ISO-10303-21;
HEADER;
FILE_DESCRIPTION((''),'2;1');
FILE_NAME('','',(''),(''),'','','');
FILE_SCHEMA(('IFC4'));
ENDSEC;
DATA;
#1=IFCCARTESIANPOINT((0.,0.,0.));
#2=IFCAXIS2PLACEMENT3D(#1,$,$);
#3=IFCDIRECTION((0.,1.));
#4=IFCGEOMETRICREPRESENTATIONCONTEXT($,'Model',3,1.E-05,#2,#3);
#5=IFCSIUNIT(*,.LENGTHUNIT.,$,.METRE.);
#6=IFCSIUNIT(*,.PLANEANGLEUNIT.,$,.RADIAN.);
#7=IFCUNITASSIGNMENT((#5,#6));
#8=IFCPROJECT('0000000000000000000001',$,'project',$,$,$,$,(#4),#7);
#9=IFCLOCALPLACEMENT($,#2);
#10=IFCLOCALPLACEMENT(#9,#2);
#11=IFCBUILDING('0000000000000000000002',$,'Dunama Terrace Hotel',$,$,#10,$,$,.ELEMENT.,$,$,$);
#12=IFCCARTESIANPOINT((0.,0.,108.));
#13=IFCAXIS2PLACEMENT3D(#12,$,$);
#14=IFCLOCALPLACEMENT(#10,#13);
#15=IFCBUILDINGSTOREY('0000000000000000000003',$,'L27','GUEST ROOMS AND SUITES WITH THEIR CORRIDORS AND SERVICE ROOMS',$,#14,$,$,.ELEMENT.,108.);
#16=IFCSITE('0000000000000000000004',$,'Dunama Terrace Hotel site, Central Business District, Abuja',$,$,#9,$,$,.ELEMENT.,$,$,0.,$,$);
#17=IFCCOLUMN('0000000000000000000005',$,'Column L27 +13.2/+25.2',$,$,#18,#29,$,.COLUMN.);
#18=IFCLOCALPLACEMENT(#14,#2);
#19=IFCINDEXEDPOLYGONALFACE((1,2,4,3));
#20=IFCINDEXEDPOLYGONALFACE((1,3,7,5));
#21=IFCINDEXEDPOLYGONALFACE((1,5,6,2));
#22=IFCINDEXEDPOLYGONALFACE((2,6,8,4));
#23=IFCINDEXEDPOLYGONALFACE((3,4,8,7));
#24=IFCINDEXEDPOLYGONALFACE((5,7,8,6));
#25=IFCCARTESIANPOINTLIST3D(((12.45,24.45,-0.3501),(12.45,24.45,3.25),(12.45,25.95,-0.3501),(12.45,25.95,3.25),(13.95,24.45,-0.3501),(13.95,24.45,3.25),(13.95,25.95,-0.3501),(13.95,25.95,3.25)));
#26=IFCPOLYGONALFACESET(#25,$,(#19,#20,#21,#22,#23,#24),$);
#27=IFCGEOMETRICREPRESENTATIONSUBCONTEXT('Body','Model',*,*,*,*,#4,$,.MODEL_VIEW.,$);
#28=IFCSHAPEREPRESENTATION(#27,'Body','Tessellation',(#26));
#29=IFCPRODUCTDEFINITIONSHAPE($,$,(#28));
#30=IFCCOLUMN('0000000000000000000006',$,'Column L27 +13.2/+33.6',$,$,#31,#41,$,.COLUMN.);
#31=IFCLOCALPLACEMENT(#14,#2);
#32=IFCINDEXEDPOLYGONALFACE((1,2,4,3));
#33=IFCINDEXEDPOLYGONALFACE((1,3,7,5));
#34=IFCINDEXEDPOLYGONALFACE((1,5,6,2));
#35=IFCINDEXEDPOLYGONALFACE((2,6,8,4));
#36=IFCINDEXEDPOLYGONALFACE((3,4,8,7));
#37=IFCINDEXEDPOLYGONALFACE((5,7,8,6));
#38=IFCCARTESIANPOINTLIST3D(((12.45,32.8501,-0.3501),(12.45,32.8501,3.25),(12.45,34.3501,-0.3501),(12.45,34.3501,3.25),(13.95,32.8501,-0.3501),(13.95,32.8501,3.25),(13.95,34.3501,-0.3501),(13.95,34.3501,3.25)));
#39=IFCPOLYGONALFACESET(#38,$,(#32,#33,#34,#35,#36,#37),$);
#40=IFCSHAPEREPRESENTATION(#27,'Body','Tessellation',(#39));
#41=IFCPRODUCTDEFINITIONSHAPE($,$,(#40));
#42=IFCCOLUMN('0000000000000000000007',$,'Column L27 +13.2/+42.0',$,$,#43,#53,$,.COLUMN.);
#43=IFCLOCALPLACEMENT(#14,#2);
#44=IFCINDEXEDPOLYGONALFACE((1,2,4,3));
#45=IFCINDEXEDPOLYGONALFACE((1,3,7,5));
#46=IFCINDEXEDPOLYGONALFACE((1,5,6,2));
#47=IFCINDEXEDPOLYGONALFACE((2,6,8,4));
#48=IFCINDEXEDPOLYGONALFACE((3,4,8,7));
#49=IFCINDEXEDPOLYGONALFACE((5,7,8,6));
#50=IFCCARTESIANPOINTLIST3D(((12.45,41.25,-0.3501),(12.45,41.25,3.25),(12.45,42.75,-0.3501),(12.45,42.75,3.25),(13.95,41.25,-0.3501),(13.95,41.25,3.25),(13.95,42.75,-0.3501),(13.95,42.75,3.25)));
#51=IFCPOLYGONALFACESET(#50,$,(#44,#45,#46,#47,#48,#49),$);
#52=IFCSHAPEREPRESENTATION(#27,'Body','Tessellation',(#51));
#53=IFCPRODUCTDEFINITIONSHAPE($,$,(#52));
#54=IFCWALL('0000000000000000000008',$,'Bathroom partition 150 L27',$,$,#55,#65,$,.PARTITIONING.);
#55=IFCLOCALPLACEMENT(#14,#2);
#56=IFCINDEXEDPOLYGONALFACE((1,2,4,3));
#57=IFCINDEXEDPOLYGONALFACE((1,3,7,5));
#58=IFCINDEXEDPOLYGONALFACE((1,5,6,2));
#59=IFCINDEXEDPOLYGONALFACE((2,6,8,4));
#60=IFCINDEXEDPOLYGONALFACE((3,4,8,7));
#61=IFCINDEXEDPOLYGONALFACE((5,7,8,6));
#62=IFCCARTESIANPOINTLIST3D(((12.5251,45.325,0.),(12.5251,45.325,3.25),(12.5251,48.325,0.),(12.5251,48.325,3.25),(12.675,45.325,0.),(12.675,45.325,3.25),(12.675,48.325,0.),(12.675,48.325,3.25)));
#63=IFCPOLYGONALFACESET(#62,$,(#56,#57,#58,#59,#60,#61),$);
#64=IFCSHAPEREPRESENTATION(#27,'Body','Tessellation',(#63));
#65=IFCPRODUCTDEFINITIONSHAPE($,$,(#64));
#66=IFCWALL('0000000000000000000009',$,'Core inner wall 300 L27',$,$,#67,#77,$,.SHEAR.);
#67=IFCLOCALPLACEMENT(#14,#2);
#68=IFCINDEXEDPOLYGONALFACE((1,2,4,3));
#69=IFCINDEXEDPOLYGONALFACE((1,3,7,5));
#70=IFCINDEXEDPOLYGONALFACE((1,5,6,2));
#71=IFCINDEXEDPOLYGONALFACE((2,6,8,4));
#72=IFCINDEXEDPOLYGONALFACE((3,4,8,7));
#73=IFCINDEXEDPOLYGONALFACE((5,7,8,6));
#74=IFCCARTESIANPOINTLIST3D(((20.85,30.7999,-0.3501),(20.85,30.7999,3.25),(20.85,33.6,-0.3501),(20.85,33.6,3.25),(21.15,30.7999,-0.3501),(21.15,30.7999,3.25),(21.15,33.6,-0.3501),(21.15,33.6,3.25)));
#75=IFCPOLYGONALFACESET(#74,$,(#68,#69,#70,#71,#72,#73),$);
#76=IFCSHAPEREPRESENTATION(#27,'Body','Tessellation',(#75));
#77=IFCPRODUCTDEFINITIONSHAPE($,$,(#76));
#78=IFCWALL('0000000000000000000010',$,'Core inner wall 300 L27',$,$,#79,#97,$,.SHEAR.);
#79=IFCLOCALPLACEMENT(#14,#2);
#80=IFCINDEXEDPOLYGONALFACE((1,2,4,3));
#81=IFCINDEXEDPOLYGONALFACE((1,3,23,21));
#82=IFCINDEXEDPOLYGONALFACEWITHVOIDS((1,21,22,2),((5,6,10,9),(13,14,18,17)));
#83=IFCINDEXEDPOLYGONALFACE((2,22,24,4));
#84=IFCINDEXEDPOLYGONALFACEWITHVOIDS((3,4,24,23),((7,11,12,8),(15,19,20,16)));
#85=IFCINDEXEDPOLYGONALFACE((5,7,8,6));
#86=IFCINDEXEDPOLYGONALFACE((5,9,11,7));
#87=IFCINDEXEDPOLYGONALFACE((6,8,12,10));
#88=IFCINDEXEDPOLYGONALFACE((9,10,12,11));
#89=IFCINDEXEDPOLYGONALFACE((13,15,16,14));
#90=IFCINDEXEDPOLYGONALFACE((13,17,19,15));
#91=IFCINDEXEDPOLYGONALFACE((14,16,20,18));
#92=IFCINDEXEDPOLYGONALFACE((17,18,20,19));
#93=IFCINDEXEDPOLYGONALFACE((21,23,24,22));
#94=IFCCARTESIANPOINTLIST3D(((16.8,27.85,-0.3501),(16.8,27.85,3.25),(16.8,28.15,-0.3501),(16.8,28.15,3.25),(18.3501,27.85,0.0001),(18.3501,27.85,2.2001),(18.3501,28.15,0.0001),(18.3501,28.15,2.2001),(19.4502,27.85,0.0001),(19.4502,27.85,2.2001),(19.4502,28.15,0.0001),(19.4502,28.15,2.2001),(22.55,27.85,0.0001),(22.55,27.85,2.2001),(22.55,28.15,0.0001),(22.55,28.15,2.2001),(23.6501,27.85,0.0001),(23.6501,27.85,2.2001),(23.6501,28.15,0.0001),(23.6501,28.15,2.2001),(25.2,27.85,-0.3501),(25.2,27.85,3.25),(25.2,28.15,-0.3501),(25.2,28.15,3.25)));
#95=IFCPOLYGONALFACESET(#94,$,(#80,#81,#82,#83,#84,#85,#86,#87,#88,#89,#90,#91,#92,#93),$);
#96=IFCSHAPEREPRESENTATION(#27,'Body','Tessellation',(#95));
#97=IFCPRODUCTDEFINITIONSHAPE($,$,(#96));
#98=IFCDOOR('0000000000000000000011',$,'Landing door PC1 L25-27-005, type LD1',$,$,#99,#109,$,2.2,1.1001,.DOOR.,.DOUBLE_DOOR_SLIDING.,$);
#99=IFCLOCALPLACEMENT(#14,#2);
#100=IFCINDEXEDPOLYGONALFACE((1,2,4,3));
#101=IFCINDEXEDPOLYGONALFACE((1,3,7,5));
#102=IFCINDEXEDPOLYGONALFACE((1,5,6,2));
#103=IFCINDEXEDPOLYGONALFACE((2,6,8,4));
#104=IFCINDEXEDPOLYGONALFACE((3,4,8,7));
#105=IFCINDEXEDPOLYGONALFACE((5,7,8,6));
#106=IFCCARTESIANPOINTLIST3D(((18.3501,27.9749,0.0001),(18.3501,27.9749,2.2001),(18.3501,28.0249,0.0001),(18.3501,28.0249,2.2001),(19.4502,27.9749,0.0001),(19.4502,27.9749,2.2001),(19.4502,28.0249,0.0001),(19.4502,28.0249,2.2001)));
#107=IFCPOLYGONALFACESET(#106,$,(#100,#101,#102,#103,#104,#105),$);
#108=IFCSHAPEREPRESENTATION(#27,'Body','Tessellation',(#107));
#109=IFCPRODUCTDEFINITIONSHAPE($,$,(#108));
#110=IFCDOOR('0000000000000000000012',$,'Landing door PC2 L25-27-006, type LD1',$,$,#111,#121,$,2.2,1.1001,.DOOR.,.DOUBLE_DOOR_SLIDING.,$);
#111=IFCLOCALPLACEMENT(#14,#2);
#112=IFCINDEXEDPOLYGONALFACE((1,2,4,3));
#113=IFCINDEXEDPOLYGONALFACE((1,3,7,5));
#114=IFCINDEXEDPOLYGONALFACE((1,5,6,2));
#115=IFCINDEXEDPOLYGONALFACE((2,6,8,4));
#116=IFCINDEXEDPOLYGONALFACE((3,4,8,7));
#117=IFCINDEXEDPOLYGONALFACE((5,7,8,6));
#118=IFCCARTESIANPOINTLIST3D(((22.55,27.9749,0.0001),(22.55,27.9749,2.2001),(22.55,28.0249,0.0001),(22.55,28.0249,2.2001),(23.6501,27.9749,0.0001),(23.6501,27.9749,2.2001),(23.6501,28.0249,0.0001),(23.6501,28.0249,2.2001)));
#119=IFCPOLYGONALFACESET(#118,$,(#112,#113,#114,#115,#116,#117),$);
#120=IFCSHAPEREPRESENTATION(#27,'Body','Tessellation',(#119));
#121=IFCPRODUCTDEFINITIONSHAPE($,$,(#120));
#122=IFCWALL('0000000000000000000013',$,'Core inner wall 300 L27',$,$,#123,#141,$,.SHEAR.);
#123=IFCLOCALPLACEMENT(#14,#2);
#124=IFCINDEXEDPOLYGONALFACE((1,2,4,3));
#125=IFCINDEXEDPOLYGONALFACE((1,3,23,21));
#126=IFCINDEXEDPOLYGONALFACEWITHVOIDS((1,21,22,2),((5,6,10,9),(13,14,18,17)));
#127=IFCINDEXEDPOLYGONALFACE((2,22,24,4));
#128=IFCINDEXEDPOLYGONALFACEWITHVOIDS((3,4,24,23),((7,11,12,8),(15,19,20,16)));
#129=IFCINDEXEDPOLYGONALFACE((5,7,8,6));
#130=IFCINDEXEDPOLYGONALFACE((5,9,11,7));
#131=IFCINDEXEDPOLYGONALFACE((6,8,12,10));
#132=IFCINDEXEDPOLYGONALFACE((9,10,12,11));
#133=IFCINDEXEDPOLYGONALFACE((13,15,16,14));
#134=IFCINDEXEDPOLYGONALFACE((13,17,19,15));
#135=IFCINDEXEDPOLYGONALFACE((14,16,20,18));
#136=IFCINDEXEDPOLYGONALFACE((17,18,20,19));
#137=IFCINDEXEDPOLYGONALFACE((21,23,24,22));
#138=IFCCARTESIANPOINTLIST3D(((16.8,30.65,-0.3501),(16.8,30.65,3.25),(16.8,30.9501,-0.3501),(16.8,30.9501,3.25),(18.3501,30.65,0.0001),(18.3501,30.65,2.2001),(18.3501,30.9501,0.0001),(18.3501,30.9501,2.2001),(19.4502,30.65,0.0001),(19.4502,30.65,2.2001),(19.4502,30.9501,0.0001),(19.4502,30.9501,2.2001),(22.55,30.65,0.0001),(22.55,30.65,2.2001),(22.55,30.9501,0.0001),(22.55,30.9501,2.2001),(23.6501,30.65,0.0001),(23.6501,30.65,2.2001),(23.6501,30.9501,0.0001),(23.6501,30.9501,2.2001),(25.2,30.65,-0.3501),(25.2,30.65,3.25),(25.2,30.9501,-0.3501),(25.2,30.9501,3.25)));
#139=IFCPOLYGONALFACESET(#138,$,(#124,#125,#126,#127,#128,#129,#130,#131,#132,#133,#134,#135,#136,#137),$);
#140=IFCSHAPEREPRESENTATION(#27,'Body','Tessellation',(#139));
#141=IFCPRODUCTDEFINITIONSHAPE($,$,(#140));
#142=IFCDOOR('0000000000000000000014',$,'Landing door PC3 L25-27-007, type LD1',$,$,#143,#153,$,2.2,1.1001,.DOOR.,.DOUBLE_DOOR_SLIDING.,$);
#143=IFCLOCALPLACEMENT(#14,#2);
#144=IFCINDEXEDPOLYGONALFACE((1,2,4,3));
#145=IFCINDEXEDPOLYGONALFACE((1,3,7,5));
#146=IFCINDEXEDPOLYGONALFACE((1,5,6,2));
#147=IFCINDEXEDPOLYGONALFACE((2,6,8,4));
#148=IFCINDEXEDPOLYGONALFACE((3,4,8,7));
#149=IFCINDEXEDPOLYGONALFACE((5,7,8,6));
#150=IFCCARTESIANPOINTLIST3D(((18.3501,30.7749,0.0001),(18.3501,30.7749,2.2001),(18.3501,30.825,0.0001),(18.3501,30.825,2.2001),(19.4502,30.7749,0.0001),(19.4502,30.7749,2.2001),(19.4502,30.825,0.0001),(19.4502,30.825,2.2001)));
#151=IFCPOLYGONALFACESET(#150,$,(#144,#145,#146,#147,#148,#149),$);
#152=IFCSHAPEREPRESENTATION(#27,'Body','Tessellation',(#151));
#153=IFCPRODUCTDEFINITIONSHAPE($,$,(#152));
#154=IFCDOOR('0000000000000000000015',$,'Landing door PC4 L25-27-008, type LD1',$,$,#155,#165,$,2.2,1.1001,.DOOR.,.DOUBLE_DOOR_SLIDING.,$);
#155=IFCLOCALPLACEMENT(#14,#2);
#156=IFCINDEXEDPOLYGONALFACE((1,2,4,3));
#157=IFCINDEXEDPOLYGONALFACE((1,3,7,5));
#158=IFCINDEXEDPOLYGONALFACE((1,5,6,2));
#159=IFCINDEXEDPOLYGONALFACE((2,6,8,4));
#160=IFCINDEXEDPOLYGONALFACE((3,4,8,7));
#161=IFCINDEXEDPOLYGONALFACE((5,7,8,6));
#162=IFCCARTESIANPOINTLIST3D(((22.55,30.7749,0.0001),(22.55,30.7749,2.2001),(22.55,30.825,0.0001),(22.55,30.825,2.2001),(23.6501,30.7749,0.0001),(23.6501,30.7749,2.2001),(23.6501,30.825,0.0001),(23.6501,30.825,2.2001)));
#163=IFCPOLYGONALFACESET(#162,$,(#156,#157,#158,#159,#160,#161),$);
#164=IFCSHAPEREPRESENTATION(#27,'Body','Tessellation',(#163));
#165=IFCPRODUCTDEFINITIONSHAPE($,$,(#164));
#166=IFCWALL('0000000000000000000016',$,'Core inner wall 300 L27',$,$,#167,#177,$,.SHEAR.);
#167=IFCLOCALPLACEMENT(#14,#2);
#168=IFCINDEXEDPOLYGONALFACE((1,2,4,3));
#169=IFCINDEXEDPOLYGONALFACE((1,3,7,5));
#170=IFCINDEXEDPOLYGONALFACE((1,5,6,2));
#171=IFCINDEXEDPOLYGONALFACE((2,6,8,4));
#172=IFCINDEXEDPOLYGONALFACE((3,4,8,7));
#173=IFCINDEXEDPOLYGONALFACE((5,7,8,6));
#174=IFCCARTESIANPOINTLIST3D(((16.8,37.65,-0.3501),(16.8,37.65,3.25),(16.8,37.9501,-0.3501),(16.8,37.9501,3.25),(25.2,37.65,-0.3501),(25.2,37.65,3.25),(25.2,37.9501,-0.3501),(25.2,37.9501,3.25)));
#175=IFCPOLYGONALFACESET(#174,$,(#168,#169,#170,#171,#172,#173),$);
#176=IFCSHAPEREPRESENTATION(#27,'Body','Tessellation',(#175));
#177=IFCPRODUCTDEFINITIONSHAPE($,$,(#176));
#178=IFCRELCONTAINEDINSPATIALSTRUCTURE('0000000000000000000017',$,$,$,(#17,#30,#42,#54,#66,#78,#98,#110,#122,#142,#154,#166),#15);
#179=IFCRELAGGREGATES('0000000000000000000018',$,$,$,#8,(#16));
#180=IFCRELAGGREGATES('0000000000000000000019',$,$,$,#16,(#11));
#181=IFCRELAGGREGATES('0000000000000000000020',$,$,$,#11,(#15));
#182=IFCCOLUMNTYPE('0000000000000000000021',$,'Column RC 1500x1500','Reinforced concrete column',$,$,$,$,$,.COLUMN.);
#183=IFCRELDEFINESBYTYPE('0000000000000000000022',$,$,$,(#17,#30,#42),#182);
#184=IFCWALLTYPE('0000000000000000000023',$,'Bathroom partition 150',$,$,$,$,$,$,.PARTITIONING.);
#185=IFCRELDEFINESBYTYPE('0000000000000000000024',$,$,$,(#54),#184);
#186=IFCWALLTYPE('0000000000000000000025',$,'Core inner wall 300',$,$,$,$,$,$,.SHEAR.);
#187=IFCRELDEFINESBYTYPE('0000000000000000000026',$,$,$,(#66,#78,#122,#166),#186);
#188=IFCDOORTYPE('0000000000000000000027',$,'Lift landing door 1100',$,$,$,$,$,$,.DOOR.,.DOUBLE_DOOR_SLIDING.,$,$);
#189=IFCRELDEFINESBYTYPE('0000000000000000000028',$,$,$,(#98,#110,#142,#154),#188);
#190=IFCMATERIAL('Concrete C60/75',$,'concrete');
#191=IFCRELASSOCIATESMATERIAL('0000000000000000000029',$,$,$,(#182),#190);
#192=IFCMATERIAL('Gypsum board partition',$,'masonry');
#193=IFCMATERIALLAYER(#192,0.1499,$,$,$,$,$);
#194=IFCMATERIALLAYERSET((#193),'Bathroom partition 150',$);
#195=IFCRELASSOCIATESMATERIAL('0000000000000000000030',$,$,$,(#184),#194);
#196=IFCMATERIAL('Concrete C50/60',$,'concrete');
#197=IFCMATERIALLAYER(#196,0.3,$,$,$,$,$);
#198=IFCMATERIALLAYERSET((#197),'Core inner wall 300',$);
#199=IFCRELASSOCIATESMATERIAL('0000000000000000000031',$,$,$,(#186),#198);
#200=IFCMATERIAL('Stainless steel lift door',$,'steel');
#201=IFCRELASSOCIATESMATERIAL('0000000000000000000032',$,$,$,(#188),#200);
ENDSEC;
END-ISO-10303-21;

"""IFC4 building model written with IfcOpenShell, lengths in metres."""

from ifc_helpers import new_model, si_unit, direction, frame, frame_2d, origin, origin_2d, place, context, subcontext, project, spatial, rectangle, extrude, material, layer, layer_set, material_profile, profile_set, type_object, element, fill, save


model = new_model("IFC4")

# Units and contexts
model_context = context("Model", 3, precision=1e-05, world=origin(), true_north=direction((0.0, 1.0)))
body_context = subcontext(model_context, "Body", "Model", "MODEL_VIEW")
ifc_project = project(units=[si_unit("LENGTHUNIT", "METRE"), si_unit("PLANEANGLEUNIT", "RADIAN")], contexts=[model_context])

# Site, building, storey
site_placement = place(None, origin())
site = spatial("IfcSite", under=ifc_project, at=site_placement, Name="Dunama Terrace Hotel site, Central Business District, Abuja", CompositionType="ELEMENT", RefElevation=0.0)
building_placement = place(site_placement, origin())
building = spatial("IfcBuilding", under=site, at=building_placement, Name="Dunama Terrace Hotel", CompositionType="ELEMENT")
storey_placement = place(building_placement, frame((0.0, 0.0, 108.0)))
storey = spatial("IfcBuildingStorey", under=building, at=storey_placement, Name="L27", Description="GUEST ROOMS AND SUITES WITH THEIR CORRIDORS AND SERVICE ROOMS", CompositionType="ELEMENT", Elevation=108.0)

# Columns
ifc_material_1 = material(Name="Concrete C60/75", Category="concrete")
ifc_material_profile = material_profile(ifc_material_1, rectangle(XDim=1.5, YDim=1.5, at=origin_2d()), Name="RC 1500x1500")
ifc_profile_set = profile_set([ifc_material_profile], Name="Concrete C60/75")
column_type = type_object("IfcColumnType", Name="Column RC 1500x1500", Description="Reinforced concrete column", PredefinedType="COLUMN", material=ifc_profile_set)
for number, where, z_axis, x_axis, name in (
    (1, (13.2, 25.2, -0.3501), (0.0, 0.0, 1.0), (1.0, 0.0, 0.0), "Column L27 +13.2/+25.2"),
    (2, (13.2, 33.6001, -0.3501), (0.0, 0.0, 1.0), (1.0, 0.0, 0.0), "Column L27 +13.2/+33.6"),
    (3, (13.2, 42.0, -0.3501), (0.0, 0.0, 1.0), (1.0, 0.0, 0.0), "Column L27 +13.2/+42.0"),
):
    element("IfcColumn", number, at=place(storey_placement, frame(where, z_axis=z_axis, x_axis=x_axis)), inside=storey, type_object=column_type, Name=name, PredefinedType="COLUMN", context=body_context, shape_type="SweptSolid", body=[
        extrude(rectangle(XDim=1.5, YDim=1.5, at=origin_2d()), origin(), (0.0, 0.0, 1.0), 3.6001),
    ])

# Walls
ifc_material_2 = material(Name="Gypsum board partition", Category="masonry")
ifc_layer_1 = layer(ifc_material_2, 0.1499)
ifc_layer_set_1 = layer_set([ifc_layer_1], Name="Bathroom partition 150")
wall_type_1 = type_object("IfcWallType", Name="Bathroom partition 150", PredefinedType="PARTITIONING", material=ifc_layer_set_1)
wall_1_placement = place(storey_placement, frame((12.6001, 45.325, 0.0), z_axis=(0.0, 0.0, 1.0), x_axis=(0.0, 1.0, 0.0)))
element("IfcWall", 4, at=wall_1_placement, inside=storey, type_object=wall_type_1, Name="Bathroom partition 150 L27", PredefinedType="PARTITIONING", context=body_context, shape_type="SweptSolid", body=[
    extrude(rectangle(XDim=3.0, YDim=0.1499, at=frame_2d((1.5, 0.0))), origin(), (0.0, 0.0, 1.0), 3.25),
])
ifc_material_3 = material(Name="Concrete C50/60", Category="concrete")
ifc_layer_2 = layer(ifc_material_3, 0.3)
ifc_layer_set_2 = layer_set([ifc_layer_2], Name="Core inner wall 300")
wall_type_2 = type_object("IfcWallType", Name="Core inner wall 300", PredefinedType="SHEAR", material=ifc_layer_set_2)
wall_2_placement = place(storey_placement, frame((21.0, 30.8, -0.3501), z_axis=(0.0, 0.0, 1.0), x_axis=(0.0, 1.0, 0.0)))
element("IfcWall", 5, at=wall_2_placement, inside=storey, type_object=wall_type_2, Name="Core inner wall 300 L27", PredefinedType="SHEAR", context=body_context, shape_type="SweptSolid", body=[
    extrude(rectangle(XDim=2.8, YDim=0.3, at=frame_2d((1.3999, 0.0))), origin(), (0.0, 0.0, 1.0), 3.6001),
])

# Walls, openings, doors
wall_3_placement = place(storey_placement, frame((16.8, 28.0, -0.3501), z_axis=(0.0, 0.0, 1.0), x_axis=(1.0, 0.0, 0.0)))
wall_3 = element("IfcWall", 6, at=wall_3_placement, inside=storey, type_object=wall_type_2, Name="Core inner wall 300 L27", PredefinedType="SHEAR", context=body_context, shape_type="SweptSolid", body=[
    extrude(rectangle(XDim=8.3999, YDim=0.3, at=frame_2d((4.2, 0.0))), origin(), (0.0, 0.0, 1.0), 3.6001),
])
opening_1_placement = place(wall_3_placement, frame((1.55, 0.0, 0.3501)))
opening_1 = element("IfcOpeningElement", 7, at=opening_1_placement, cuts=wall_3, PredefinedType="OPENING", context=body_context, shape_type="SweptSolid", body=[
    extrude(rectangle(XDim=1.1001, YDim=2.2, at=frame_2d((0.55, 1.1001))), frame((0.0, 0.1599, 0.0), z_axis=(0.0, -1.0, 0.0), x_axis=(1.0, 0.0, 0.0)), (0.0, 0.0, 1.0), 0.3201),
])
opening_2_placement = place(wall_3_placement, frame((5.75, 0.0, 0.3501)))
opening_2 = element("IfcOpeningElement", 8, at=opening_2_placement, cuts=wall_3, PredefinedType="OPENING", context=body_context, shape_type="SweptSolid", body=[
    extrude(rectangle(XDim=1.1001, YDim=2.2, at=frame_2d((0.55, 1.1001))), frame((0.0, 0.1599, 0.0), z_axis=(0.0, -1.0, 0.0), x_axis=(1.0, 0.0, 0.0)), (0.0, 0.0, 1.0), 0.3201),
])
ifc_material_4 = material(Name="Stainless steel lift door", Category="steel")
door_type_1 = type_object("IfcDoorType", Name="Lift landing door 1100", OperationType="DOUBLE_DOOR_SLIDING", PredefinedType="DOOR", material=ifc_material_4)
door_1_placement = place(opening_1_placement, origin())
door_1 = element("IfcDoor", 9, at=door_1_placement, inside=storey, type_object=door_type_1, Name="Landing door PC1 L25-27-005, type LD1", OperationType="DOUBLE_DOOR_SLIDING", OverallHeight=2.2, OverallWidth=1.1001, PredefinedType="DOOR", context=body_context, shape_type="SweptSolid", body=[
    extrude(rectangle(XDim=1.1001, YDim=2.2, at=frame_2d((0.55, 1.1001))), frame((0.0, 0.0249, 0.0), z_axis=(0.0, -1.0, 0.0), x_axis=(1.0, 0.0, 0.0)), (0.0, 0.0, 1.0), 0.05),
])
fill(opening_1, door_1)
door_2_placement = place(opening_2_placement, origin())
door_2 = element("IfcDoor", 10, at=door_2_placement, inside=storey, type_object=door_type_1, Name="Landing door PC2 L25-27-006, type LD1", OperationType="DOUBLE_DOOR_SLIDING", OverallHeight=2.2, OverallWidth=1.1001, PredefinedType="DOOR", context=body_context, shape_type="SweptSolid", body=[
    extrude(rectangle(XDim=1.1001, YDim=2.2, at=frame_2d((0.55, 1.1001))), frame((0.0, 0.0249, 0.0), z_axis=(0.0, -1.0, 0.0), x_axis=(1.0, 0.0, 0.0)), (0.0, 0.0, 1.0), 0.05),
])
fill(opening_2, door_2)
wall_4_placement = place(storey_placement, frame((16.8, 30.8, -0.3501), z_axis=(0.0, 0.0, 1.0), x_axis=(1.0, 0.0, 0.0)))
wall_4 = element("IfcWall", 11, at=wall_4_placement, inside=storey, type_object=wall_type_2, Name="Core inner wall 300 L27", PredefinedType="SHEAR", context=body_context, shape_type="SweptSolid", body=[
    extrude(rectangle(XDim=8.3999, YDim=0.3, at=frame_2d((4.2, 0.0))), origin(), (0.0, 0.0, 1.0), 3.6001),
])
opening_3_placement = place(wall_4_placement, frame((1.55, 0.0, 0.3501)))
opening_3 = element("IfcOpeningElement", 12, at=opening_3_placement, cuts=wall_4, PredefinedType="OPENING", context=body_context, shape_type="SweptSolid", body=[
    extrude(rectangle(XDim=1.1001, YDim=2.2, at=frame_2d((0.55, 1.1001))), frame((0.0, 0.1599, 0.0), z_axis=(0.0, -1.0, 0.0), x_axis=(1.0, 0.0, 0.0)), (0.0, 0.0, 1.0), 0.3201),
])
opening_4_placement = place(wall_4_placement, frame((5.75, 0.0, 0.3501)))
opening_4 = element("IfcOpeningElement", 13, at=opening_4_placement, cuts=wall_4, PredefinedType="OPENING", context=body_context, shape_type="SweptSolid", body=[
    extrude(rectangle(XDim=1.1001, YDim=2.2, at=frame_2d((0.55, 1.1001))), frame((0.0, 0.1599, 0.0), z_axis=(0.0, -1.0, 0.0), x_axis=(1.0, 0.0, 0.0)), (0.0, 0.0, 1.0), 0.3201),
])
door_3_placement = place(opening_3_placement, origin())
door_3 = element("IfcDoor", 14, at=door_3_placement, inside=storey, type_object=door_type_1, Name="Landing door PC3 L25-27-007, type LD1", OperationType="DOUBLE_DOOR_SLIDING", OverallHeight=2.2, OverallWidth=1.1001, PredefinedType="DOOR", context=body_context, shape_type="SweptSolid", body=[
    extrude(rectangle(XDim=1.1001, YDim=2.2, at=frame_2d((0.55, 1.1001))), frame((0.0, 0.0249, 0.0), z_axis=(0.0, -1.0, 0.0), x_axis=(1.0, 0.0, 0.0)), (0.0, 0.0, 1.0), 0.05),
])
fill(opening_3, door_3)
door_4_placement = place(opening_4_placement, origin())
door_4 = element("IfcDoor", 15, at=door_4_placement, inside=storey, type_object=door_type_1, Name="Landing door PC4 L25-27-008, type LD1", OperationType="DOUBLE_DOOR_SLIDING", OverallHeight=2.2, OverallWidth=1.1001, PredefinedType="DOOR", context=body_context, shape_type="SweptSolid", body=[
    extrude(rectangle(XDim=1.1001, YDim=2.2, at=frame_2d((0.55, 1.1001))), frame((0.0, 0.0249, 0.0), z_axis=(0.0, -1.0, 0.0), x_axis=(1.0, 0.0, 0.0)), (0.0, 0.0, 1.0), 0.05),
])
fill(opening_4, door_4)

# Wall
wall_5_placement = place(storey_placement, frame((16.8, 37.8, -0.3501), z_axis=(0.0, 0.0, 1.0), x_axis=(1.0, 0.0, 0.0)))
element("IfcWall", 16, at=wall_5_placement, inside=storey, type_object=wall_type_2, Name="Core inner wall 300 L27", PredefinedType="SHEAR", context=body_context, shape_type="SweptSolid", body=[
    extrude(rectangle(XDim=8.3999, YDim=0.3, at=frame_2d((4.2, 0.0))), origin(), (0.0, 0.0, 1.0), 3.6001),
])

save(model, "model.ifc")
